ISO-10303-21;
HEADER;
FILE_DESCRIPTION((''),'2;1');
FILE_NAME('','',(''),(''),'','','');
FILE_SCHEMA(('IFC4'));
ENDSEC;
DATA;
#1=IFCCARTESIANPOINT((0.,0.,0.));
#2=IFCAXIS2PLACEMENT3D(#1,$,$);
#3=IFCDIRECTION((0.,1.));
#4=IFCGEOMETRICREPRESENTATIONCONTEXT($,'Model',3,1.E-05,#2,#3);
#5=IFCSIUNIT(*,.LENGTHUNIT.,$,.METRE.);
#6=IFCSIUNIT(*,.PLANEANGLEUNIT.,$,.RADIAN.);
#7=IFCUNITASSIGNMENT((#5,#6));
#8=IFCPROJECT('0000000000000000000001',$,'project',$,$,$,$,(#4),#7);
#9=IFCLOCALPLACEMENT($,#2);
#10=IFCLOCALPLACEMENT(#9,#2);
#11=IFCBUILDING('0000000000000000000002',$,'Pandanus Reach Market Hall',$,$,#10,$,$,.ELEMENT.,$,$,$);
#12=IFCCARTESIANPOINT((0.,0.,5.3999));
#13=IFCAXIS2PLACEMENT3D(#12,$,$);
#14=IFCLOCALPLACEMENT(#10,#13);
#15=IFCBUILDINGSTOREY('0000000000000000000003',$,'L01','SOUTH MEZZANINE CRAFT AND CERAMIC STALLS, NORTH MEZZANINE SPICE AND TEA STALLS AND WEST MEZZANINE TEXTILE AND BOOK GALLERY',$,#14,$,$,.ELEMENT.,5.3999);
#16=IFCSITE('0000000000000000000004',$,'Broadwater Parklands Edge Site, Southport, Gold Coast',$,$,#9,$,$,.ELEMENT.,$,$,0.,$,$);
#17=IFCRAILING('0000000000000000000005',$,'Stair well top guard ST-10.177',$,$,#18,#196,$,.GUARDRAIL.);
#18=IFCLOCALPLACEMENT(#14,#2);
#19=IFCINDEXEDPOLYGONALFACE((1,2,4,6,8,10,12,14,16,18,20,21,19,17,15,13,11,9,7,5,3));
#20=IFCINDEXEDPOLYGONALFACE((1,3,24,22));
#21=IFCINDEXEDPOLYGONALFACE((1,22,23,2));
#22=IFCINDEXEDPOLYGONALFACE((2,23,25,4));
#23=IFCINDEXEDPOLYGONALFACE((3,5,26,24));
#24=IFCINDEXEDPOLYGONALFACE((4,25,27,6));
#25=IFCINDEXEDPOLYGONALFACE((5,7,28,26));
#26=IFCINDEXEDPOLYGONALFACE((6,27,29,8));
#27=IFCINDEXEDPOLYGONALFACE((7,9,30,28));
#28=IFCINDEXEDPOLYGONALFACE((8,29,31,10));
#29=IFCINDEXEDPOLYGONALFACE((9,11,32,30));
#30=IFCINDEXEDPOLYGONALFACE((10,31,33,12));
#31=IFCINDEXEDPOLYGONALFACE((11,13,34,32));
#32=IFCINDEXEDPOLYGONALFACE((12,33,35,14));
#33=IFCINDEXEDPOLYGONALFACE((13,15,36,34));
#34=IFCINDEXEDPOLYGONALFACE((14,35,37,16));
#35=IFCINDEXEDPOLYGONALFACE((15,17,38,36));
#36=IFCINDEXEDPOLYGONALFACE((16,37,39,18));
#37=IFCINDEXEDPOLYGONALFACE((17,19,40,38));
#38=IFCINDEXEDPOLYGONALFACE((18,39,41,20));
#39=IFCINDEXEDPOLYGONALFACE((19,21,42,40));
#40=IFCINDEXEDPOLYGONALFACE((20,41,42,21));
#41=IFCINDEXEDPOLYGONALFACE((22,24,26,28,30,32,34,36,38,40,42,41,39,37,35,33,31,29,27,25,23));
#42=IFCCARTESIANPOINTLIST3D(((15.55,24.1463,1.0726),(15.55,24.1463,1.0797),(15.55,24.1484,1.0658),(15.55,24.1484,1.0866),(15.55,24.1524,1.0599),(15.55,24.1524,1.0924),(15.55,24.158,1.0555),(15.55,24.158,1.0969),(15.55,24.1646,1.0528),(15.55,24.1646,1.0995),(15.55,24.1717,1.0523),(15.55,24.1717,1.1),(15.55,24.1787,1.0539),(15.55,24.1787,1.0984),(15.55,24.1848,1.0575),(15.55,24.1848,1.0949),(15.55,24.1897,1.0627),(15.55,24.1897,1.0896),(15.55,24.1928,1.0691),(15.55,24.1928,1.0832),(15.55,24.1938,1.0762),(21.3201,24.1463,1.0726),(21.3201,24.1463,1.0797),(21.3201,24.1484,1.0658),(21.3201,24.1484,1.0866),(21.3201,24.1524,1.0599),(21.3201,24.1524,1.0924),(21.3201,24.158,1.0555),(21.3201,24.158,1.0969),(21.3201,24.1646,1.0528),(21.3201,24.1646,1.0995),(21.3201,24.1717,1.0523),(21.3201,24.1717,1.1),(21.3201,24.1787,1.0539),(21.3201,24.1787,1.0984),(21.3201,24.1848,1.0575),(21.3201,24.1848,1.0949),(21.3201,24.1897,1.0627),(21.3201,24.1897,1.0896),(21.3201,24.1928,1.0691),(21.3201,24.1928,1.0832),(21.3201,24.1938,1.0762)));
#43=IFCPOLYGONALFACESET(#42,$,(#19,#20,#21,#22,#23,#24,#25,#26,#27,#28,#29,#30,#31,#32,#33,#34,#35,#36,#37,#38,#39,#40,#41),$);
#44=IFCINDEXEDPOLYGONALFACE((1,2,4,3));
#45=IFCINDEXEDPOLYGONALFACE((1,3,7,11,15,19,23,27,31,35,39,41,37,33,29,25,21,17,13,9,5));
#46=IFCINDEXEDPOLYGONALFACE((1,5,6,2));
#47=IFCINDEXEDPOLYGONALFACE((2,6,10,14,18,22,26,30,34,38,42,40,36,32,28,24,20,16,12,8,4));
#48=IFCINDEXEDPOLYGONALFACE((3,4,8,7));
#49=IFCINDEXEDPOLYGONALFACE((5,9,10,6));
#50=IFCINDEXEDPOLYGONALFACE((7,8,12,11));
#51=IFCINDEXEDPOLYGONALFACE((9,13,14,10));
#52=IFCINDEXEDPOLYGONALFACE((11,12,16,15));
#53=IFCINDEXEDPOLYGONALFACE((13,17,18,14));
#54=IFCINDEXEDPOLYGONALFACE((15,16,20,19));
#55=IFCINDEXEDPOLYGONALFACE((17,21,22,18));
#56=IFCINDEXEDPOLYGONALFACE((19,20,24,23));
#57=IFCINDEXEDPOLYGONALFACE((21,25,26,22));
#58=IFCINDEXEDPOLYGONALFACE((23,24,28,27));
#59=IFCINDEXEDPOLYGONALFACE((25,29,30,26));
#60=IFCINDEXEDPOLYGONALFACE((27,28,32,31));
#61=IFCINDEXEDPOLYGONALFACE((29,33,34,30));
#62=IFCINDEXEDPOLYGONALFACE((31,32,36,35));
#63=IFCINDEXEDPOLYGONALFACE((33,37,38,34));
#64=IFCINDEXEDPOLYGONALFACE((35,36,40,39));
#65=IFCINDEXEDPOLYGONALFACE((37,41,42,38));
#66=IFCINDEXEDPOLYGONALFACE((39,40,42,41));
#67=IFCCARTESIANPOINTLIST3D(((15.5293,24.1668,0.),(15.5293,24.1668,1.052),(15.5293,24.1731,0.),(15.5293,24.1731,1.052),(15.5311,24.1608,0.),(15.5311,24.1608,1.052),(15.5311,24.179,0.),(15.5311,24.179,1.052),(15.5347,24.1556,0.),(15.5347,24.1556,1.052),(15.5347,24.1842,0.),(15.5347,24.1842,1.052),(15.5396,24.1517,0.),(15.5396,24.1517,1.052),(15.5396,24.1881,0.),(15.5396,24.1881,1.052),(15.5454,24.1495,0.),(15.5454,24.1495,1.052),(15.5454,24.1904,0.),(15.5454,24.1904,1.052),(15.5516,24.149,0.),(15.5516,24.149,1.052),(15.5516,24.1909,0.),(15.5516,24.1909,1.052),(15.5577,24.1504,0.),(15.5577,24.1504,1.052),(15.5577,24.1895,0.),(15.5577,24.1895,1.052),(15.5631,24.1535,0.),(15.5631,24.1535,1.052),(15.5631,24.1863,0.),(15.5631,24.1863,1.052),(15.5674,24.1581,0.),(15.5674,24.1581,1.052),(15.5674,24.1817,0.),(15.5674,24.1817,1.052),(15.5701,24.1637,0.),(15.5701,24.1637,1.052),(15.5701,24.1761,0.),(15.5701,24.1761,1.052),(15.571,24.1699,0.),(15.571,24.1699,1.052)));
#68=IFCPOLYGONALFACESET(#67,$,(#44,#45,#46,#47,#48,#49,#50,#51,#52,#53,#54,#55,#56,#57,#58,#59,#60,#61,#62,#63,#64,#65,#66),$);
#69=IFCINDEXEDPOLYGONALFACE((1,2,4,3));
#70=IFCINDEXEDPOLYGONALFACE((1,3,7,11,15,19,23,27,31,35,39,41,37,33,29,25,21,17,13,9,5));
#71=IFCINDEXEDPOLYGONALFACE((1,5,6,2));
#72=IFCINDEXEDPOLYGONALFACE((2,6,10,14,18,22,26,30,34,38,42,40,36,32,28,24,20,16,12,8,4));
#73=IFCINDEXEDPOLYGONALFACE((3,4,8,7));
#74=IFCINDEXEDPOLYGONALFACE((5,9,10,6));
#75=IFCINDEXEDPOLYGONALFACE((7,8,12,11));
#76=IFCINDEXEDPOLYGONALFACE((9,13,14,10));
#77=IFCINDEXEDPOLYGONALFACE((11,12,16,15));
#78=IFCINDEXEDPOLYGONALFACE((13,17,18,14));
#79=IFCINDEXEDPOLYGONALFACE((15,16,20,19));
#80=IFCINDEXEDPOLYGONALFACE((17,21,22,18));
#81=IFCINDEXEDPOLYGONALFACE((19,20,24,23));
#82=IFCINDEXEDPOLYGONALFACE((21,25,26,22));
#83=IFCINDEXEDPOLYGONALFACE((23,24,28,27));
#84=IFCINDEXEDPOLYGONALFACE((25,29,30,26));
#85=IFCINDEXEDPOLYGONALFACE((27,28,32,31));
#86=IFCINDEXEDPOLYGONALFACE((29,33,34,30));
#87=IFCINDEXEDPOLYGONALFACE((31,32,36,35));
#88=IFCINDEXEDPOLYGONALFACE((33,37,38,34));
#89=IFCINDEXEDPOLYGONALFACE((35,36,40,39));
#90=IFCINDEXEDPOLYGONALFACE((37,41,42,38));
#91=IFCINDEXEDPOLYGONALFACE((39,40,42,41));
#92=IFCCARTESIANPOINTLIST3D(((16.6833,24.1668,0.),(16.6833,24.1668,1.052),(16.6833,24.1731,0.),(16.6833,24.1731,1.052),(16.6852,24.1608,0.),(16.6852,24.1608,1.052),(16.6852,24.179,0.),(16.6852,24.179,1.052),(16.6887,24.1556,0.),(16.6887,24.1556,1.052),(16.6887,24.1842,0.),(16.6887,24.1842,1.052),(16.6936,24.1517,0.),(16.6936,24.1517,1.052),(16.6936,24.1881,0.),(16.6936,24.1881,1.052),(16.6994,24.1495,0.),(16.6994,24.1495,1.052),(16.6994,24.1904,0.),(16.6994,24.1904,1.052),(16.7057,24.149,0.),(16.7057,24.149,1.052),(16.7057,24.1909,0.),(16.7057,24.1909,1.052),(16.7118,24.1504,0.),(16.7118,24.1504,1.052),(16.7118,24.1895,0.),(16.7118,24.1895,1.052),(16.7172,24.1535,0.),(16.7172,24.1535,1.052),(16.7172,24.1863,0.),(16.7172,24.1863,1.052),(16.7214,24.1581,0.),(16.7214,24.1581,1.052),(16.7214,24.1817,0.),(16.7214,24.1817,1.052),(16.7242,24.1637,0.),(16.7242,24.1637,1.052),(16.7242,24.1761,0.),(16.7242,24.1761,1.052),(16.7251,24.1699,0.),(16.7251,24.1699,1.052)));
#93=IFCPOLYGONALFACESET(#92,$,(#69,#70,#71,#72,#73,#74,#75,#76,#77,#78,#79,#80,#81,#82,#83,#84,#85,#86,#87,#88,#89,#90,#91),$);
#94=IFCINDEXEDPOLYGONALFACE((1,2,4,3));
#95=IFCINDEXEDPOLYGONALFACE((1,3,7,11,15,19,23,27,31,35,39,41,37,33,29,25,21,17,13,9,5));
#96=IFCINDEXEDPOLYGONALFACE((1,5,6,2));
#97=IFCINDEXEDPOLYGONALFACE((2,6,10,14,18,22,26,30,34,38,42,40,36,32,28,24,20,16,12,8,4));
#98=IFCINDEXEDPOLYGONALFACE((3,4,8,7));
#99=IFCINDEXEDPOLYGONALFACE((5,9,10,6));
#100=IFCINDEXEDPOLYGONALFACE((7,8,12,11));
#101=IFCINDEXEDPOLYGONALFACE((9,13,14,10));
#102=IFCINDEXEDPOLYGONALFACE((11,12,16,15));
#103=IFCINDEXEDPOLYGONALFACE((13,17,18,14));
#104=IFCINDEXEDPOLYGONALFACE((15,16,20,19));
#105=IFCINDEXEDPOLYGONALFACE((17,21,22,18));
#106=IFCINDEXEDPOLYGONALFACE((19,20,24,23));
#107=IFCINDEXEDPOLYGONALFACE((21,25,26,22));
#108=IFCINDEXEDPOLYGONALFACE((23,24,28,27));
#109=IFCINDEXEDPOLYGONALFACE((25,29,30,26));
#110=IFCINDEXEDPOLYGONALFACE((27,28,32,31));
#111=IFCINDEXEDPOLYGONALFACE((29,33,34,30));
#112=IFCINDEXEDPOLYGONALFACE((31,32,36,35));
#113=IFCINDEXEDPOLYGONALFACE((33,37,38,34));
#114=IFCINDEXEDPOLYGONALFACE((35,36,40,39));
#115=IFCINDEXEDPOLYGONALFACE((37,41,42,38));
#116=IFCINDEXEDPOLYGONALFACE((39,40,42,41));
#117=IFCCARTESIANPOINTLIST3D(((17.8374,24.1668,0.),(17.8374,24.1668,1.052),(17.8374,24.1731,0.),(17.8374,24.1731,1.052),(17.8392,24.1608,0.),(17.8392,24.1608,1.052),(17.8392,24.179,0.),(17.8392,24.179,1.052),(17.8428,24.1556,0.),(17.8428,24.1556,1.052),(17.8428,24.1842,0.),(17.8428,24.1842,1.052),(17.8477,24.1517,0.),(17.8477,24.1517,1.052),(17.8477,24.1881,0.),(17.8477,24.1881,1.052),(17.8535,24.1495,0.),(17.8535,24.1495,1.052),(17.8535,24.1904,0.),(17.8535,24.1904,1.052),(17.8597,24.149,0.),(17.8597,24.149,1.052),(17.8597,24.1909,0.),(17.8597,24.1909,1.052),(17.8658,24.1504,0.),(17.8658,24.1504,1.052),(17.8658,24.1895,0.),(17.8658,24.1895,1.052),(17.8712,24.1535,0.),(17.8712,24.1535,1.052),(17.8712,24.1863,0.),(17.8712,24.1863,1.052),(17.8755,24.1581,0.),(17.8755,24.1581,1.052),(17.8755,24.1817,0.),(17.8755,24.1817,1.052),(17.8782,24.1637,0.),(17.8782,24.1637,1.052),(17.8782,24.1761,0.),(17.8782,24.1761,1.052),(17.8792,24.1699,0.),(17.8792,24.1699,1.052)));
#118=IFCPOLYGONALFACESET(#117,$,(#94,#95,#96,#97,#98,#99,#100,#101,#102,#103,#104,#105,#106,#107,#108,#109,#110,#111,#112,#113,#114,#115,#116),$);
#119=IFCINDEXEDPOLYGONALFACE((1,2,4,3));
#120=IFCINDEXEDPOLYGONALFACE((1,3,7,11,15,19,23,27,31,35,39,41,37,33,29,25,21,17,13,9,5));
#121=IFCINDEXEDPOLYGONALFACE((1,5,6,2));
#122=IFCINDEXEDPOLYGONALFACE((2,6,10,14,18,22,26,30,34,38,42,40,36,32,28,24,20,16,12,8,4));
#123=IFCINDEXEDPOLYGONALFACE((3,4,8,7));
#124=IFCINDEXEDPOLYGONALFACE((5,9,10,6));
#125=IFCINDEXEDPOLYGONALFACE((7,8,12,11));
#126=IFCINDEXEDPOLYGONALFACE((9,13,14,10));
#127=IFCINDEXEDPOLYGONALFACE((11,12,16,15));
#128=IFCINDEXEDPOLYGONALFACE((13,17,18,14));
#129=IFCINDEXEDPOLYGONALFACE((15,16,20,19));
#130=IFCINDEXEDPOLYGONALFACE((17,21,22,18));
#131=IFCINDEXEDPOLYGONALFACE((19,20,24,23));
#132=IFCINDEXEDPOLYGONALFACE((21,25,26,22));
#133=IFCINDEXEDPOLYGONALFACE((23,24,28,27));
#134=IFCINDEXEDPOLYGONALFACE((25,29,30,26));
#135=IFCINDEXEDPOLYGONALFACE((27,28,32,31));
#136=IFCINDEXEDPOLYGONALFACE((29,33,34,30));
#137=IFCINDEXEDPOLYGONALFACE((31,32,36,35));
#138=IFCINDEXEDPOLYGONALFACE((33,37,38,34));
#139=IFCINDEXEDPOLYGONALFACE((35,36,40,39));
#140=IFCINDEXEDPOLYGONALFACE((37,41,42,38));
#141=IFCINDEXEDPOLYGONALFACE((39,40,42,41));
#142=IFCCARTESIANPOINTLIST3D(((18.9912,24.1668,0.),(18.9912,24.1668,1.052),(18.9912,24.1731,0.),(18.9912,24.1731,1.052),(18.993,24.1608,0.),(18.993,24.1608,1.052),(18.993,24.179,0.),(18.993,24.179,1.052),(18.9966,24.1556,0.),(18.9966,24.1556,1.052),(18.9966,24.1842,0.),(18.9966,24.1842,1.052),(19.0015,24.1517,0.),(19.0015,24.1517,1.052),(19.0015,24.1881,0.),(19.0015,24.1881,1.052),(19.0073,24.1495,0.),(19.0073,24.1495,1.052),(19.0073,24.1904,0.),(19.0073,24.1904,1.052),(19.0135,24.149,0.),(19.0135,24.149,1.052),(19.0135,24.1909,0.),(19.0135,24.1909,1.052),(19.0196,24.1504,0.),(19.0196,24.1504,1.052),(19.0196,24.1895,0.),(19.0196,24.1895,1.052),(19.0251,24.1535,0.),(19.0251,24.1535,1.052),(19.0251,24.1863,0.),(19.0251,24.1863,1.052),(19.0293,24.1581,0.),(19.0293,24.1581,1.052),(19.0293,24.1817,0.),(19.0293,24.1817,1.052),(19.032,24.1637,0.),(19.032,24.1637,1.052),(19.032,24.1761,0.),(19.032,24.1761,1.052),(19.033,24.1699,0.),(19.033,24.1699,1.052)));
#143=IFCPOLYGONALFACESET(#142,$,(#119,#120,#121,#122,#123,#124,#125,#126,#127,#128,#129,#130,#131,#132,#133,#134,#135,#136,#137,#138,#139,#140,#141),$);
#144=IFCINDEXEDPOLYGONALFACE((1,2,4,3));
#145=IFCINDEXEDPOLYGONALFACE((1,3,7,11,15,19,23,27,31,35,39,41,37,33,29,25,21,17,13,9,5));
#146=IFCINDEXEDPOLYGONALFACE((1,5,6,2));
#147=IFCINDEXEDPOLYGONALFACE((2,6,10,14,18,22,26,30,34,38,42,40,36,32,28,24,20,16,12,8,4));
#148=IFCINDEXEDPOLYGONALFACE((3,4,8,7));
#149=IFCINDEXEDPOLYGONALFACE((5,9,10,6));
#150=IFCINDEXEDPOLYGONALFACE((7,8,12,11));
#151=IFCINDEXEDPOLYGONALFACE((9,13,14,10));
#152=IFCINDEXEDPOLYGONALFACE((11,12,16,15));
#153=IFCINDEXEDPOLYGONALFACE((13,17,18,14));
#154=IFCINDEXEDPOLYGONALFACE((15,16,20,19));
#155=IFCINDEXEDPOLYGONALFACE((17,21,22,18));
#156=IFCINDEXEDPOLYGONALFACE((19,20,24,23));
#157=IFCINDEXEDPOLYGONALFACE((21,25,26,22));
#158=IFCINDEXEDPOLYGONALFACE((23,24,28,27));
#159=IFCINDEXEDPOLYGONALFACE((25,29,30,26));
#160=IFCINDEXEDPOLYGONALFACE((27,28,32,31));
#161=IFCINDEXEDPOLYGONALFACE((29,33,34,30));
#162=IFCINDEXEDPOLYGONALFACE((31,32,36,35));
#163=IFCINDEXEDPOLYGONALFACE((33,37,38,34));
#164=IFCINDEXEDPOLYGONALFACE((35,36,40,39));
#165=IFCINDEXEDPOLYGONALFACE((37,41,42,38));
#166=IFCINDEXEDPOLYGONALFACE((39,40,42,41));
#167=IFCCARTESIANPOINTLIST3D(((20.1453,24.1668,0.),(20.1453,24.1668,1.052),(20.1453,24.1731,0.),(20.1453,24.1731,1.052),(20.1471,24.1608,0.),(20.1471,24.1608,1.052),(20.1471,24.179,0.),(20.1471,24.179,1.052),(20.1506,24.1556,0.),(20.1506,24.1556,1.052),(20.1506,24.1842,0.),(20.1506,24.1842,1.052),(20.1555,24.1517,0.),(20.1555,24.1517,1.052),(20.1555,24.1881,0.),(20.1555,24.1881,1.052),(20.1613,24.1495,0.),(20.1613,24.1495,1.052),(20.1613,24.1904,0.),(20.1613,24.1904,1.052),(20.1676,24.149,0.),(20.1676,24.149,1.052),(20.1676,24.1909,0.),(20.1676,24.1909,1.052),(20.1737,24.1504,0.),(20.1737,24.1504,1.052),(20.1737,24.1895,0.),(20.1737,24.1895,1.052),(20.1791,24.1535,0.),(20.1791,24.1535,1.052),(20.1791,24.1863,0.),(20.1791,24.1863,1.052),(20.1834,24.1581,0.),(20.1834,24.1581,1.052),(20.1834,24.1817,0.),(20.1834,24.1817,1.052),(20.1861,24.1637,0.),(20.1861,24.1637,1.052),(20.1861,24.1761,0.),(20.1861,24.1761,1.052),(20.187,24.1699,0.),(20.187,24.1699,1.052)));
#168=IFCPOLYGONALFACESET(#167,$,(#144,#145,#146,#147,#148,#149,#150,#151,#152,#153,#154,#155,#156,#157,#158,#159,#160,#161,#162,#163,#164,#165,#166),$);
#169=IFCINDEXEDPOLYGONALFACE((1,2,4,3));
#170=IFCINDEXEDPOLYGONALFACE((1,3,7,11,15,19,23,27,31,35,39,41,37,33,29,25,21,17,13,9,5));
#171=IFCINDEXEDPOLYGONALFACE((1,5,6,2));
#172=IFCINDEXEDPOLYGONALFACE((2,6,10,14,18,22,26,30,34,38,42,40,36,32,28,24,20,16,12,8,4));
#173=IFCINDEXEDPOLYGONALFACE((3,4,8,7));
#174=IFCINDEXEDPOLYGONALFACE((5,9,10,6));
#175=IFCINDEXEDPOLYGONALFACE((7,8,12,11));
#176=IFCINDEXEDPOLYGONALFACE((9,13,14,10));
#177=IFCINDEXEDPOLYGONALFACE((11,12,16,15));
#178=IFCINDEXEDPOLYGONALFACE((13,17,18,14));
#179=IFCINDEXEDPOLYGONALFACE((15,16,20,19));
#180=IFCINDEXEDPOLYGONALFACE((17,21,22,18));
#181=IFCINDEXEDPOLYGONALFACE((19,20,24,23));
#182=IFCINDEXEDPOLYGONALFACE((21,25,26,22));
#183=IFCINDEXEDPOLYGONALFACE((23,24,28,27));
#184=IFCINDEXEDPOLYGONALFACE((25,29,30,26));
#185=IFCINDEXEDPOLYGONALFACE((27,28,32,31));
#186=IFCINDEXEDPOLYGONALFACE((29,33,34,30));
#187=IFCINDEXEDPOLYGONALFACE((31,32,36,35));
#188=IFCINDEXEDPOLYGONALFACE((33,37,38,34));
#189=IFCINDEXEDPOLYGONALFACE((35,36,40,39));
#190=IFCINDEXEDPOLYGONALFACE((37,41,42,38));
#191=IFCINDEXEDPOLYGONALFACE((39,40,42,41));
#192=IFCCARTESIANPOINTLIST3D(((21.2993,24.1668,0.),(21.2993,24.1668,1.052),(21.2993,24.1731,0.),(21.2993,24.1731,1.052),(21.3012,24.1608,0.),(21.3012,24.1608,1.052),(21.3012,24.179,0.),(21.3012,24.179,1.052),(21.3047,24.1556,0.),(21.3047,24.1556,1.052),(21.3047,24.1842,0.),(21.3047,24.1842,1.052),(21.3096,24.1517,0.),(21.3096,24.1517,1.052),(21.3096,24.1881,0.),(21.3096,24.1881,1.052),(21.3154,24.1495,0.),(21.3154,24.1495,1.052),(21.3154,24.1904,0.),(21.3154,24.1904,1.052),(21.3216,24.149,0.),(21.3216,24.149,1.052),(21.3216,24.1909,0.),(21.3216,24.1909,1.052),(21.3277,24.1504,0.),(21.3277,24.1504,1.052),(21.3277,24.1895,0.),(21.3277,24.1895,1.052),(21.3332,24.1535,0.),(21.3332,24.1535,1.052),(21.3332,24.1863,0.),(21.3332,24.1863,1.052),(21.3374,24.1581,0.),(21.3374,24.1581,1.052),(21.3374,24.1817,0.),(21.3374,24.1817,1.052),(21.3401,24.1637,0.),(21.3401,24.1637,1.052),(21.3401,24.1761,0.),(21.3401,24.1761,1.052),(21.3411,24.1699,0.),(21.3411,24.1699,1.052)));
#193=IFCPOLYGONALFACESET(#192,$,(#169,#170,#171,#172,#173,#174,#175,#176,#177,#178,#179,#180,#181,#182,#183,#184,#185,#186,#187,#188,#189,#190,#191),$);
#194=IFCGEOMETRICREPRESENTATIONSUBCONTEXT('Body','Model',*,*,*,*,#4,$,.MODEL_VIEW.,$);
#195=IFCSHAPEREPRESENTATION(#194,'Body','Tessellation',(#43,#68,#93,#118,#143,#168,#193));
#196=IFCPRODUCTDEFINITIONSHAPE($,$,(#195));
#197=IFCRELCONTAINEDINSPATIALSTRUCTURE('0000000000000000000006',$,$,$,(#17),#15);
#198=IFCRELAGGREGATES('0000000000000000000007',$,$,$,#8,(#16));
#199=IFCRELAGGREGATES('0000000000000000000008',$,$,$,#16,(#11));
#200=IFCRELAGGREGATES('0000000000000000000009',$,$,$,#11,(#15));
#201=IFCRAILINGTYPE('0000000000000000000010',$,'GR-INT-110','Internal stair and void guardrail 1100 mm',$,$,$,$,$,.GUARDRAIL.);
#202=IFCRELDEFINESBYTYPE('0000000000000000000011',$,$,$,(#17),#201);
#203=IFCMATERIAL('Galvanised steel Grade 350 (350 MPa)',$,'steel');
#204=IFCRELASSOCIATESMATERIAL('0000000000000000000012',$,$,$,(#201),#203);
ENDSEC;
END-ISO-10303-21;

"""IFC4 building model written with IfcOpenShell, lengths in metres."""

from ifc_helpers import new_model, si_unit, direction, frame, origin, origin_2d, place, context, subcontext, project, spatial, circle, extrude, material, type_object, element, save


model = new_model("IFC4")

# Units and contexts
model_context = context("Model", 3, precision=1e-05, world=origin(), true_north=direction((0.0, 1.0)))
body_context = subcontext(model_context, "Body", "Model", "MODEL_VIEW")
ifc_project = project(units=[si_unit("LENGTHUNIT", "METRE"), si_unit("PLANEANGLEUNIT", "RADIAN")], contexts=[model_context])

# Site, building, storey
site_placement = place(None, origin())
site = spatial("IfcSite", under=ifc_project, at=site_placement, Name="Broadwater Parklands Edge Site, Southport, Gold Coast", CompositionType="ELEMENT", RefElevation=0.0)
building_placement = place(site_placement, origin())
building = spatial("IfcBuilding", under=site, at=building_placement, Name="Pandanus Reach Market Hall", CompositionType="ELEMENT")
storey_placement = place(building_placement, frame((0.0, 0.0, 5.3999)))
storey = spatial("IfcBuildingStorey", under=building, at=storey_placement, Name="L01", Description="SOUTH MEZZANINE CRAFT AND CERAMIC STALLS, NORTH MEZZANINE SPICE AND TEA STALLS AND WEST MEZZANINE TEXTILE AND BOOK GALLERY", CompositionType="ELEMENT", Elevation=5.3999)

# Railing
ifc_material_1 = material(Name="Galvanised steel Grade 350 (350 MPa)", Category="steel")
railing_type = type_object("IfcRailingType", Name="GR-INT-110", Description="Internal stair and void guardrail 1100 mm", PredefinedType="GUARDRAIL", material=ifc_material_1)
for number, where, name in (
    (1, (15.55, 24.1699, 0.0), "Stair well top guard ST-10.177"),
):
    element("IfcRailing", number, at=place(storey_placement, frame(where)), inside=storey, type_object=railing_type, Name=name, PredefinedType="GUARDRAIL", context=body_context, shape_type="SweptSolid", body=[
        extrude(circle(Radius=0.0239, at=origin_2d()), frame((0.0, 0.0, 1.0762), z_axis=(1.0, 0.0, 0.0), x_axis=(0.0, 1.0, 0.0)), (0.0, 0.0, 1.0), 5.77),
        extrude(circle(Radius=0.021, at=origin_2d()), origin(), (0.0, 0.0, 1.0), 1.052),
        extrude(circle(Radius=0.021, at=origin_2d()), frame((1.1541, 0.0, 0.0)), (0.0, 0.0, 1.0), 1.052),
        extrude(circle(Radius=0.021, at=origin_2d()), frame((2.3081, 0.0, 0.0)), (0.0, 0.0, 1.0), 1.052),
        extrude(circle(Radius=0.021, at=origin_2d()), frame((3.4619, 0.0, 0.0)), (0.0, 0.0, 1.0), 1.052),
        extrude(circle(Radius=0.021, at=origin_2d()), frame((4.616, 0.0, 0.0)), (0.0, 0.0, 1.0), 1.052),
        extrude(circle(Radius=0.021, at=origin_2d()), frame((5.77, 0.0, 0.0)), (0.0, 0.0, 1.0), 1.052),
    ])

save(model, "model.ifc")
